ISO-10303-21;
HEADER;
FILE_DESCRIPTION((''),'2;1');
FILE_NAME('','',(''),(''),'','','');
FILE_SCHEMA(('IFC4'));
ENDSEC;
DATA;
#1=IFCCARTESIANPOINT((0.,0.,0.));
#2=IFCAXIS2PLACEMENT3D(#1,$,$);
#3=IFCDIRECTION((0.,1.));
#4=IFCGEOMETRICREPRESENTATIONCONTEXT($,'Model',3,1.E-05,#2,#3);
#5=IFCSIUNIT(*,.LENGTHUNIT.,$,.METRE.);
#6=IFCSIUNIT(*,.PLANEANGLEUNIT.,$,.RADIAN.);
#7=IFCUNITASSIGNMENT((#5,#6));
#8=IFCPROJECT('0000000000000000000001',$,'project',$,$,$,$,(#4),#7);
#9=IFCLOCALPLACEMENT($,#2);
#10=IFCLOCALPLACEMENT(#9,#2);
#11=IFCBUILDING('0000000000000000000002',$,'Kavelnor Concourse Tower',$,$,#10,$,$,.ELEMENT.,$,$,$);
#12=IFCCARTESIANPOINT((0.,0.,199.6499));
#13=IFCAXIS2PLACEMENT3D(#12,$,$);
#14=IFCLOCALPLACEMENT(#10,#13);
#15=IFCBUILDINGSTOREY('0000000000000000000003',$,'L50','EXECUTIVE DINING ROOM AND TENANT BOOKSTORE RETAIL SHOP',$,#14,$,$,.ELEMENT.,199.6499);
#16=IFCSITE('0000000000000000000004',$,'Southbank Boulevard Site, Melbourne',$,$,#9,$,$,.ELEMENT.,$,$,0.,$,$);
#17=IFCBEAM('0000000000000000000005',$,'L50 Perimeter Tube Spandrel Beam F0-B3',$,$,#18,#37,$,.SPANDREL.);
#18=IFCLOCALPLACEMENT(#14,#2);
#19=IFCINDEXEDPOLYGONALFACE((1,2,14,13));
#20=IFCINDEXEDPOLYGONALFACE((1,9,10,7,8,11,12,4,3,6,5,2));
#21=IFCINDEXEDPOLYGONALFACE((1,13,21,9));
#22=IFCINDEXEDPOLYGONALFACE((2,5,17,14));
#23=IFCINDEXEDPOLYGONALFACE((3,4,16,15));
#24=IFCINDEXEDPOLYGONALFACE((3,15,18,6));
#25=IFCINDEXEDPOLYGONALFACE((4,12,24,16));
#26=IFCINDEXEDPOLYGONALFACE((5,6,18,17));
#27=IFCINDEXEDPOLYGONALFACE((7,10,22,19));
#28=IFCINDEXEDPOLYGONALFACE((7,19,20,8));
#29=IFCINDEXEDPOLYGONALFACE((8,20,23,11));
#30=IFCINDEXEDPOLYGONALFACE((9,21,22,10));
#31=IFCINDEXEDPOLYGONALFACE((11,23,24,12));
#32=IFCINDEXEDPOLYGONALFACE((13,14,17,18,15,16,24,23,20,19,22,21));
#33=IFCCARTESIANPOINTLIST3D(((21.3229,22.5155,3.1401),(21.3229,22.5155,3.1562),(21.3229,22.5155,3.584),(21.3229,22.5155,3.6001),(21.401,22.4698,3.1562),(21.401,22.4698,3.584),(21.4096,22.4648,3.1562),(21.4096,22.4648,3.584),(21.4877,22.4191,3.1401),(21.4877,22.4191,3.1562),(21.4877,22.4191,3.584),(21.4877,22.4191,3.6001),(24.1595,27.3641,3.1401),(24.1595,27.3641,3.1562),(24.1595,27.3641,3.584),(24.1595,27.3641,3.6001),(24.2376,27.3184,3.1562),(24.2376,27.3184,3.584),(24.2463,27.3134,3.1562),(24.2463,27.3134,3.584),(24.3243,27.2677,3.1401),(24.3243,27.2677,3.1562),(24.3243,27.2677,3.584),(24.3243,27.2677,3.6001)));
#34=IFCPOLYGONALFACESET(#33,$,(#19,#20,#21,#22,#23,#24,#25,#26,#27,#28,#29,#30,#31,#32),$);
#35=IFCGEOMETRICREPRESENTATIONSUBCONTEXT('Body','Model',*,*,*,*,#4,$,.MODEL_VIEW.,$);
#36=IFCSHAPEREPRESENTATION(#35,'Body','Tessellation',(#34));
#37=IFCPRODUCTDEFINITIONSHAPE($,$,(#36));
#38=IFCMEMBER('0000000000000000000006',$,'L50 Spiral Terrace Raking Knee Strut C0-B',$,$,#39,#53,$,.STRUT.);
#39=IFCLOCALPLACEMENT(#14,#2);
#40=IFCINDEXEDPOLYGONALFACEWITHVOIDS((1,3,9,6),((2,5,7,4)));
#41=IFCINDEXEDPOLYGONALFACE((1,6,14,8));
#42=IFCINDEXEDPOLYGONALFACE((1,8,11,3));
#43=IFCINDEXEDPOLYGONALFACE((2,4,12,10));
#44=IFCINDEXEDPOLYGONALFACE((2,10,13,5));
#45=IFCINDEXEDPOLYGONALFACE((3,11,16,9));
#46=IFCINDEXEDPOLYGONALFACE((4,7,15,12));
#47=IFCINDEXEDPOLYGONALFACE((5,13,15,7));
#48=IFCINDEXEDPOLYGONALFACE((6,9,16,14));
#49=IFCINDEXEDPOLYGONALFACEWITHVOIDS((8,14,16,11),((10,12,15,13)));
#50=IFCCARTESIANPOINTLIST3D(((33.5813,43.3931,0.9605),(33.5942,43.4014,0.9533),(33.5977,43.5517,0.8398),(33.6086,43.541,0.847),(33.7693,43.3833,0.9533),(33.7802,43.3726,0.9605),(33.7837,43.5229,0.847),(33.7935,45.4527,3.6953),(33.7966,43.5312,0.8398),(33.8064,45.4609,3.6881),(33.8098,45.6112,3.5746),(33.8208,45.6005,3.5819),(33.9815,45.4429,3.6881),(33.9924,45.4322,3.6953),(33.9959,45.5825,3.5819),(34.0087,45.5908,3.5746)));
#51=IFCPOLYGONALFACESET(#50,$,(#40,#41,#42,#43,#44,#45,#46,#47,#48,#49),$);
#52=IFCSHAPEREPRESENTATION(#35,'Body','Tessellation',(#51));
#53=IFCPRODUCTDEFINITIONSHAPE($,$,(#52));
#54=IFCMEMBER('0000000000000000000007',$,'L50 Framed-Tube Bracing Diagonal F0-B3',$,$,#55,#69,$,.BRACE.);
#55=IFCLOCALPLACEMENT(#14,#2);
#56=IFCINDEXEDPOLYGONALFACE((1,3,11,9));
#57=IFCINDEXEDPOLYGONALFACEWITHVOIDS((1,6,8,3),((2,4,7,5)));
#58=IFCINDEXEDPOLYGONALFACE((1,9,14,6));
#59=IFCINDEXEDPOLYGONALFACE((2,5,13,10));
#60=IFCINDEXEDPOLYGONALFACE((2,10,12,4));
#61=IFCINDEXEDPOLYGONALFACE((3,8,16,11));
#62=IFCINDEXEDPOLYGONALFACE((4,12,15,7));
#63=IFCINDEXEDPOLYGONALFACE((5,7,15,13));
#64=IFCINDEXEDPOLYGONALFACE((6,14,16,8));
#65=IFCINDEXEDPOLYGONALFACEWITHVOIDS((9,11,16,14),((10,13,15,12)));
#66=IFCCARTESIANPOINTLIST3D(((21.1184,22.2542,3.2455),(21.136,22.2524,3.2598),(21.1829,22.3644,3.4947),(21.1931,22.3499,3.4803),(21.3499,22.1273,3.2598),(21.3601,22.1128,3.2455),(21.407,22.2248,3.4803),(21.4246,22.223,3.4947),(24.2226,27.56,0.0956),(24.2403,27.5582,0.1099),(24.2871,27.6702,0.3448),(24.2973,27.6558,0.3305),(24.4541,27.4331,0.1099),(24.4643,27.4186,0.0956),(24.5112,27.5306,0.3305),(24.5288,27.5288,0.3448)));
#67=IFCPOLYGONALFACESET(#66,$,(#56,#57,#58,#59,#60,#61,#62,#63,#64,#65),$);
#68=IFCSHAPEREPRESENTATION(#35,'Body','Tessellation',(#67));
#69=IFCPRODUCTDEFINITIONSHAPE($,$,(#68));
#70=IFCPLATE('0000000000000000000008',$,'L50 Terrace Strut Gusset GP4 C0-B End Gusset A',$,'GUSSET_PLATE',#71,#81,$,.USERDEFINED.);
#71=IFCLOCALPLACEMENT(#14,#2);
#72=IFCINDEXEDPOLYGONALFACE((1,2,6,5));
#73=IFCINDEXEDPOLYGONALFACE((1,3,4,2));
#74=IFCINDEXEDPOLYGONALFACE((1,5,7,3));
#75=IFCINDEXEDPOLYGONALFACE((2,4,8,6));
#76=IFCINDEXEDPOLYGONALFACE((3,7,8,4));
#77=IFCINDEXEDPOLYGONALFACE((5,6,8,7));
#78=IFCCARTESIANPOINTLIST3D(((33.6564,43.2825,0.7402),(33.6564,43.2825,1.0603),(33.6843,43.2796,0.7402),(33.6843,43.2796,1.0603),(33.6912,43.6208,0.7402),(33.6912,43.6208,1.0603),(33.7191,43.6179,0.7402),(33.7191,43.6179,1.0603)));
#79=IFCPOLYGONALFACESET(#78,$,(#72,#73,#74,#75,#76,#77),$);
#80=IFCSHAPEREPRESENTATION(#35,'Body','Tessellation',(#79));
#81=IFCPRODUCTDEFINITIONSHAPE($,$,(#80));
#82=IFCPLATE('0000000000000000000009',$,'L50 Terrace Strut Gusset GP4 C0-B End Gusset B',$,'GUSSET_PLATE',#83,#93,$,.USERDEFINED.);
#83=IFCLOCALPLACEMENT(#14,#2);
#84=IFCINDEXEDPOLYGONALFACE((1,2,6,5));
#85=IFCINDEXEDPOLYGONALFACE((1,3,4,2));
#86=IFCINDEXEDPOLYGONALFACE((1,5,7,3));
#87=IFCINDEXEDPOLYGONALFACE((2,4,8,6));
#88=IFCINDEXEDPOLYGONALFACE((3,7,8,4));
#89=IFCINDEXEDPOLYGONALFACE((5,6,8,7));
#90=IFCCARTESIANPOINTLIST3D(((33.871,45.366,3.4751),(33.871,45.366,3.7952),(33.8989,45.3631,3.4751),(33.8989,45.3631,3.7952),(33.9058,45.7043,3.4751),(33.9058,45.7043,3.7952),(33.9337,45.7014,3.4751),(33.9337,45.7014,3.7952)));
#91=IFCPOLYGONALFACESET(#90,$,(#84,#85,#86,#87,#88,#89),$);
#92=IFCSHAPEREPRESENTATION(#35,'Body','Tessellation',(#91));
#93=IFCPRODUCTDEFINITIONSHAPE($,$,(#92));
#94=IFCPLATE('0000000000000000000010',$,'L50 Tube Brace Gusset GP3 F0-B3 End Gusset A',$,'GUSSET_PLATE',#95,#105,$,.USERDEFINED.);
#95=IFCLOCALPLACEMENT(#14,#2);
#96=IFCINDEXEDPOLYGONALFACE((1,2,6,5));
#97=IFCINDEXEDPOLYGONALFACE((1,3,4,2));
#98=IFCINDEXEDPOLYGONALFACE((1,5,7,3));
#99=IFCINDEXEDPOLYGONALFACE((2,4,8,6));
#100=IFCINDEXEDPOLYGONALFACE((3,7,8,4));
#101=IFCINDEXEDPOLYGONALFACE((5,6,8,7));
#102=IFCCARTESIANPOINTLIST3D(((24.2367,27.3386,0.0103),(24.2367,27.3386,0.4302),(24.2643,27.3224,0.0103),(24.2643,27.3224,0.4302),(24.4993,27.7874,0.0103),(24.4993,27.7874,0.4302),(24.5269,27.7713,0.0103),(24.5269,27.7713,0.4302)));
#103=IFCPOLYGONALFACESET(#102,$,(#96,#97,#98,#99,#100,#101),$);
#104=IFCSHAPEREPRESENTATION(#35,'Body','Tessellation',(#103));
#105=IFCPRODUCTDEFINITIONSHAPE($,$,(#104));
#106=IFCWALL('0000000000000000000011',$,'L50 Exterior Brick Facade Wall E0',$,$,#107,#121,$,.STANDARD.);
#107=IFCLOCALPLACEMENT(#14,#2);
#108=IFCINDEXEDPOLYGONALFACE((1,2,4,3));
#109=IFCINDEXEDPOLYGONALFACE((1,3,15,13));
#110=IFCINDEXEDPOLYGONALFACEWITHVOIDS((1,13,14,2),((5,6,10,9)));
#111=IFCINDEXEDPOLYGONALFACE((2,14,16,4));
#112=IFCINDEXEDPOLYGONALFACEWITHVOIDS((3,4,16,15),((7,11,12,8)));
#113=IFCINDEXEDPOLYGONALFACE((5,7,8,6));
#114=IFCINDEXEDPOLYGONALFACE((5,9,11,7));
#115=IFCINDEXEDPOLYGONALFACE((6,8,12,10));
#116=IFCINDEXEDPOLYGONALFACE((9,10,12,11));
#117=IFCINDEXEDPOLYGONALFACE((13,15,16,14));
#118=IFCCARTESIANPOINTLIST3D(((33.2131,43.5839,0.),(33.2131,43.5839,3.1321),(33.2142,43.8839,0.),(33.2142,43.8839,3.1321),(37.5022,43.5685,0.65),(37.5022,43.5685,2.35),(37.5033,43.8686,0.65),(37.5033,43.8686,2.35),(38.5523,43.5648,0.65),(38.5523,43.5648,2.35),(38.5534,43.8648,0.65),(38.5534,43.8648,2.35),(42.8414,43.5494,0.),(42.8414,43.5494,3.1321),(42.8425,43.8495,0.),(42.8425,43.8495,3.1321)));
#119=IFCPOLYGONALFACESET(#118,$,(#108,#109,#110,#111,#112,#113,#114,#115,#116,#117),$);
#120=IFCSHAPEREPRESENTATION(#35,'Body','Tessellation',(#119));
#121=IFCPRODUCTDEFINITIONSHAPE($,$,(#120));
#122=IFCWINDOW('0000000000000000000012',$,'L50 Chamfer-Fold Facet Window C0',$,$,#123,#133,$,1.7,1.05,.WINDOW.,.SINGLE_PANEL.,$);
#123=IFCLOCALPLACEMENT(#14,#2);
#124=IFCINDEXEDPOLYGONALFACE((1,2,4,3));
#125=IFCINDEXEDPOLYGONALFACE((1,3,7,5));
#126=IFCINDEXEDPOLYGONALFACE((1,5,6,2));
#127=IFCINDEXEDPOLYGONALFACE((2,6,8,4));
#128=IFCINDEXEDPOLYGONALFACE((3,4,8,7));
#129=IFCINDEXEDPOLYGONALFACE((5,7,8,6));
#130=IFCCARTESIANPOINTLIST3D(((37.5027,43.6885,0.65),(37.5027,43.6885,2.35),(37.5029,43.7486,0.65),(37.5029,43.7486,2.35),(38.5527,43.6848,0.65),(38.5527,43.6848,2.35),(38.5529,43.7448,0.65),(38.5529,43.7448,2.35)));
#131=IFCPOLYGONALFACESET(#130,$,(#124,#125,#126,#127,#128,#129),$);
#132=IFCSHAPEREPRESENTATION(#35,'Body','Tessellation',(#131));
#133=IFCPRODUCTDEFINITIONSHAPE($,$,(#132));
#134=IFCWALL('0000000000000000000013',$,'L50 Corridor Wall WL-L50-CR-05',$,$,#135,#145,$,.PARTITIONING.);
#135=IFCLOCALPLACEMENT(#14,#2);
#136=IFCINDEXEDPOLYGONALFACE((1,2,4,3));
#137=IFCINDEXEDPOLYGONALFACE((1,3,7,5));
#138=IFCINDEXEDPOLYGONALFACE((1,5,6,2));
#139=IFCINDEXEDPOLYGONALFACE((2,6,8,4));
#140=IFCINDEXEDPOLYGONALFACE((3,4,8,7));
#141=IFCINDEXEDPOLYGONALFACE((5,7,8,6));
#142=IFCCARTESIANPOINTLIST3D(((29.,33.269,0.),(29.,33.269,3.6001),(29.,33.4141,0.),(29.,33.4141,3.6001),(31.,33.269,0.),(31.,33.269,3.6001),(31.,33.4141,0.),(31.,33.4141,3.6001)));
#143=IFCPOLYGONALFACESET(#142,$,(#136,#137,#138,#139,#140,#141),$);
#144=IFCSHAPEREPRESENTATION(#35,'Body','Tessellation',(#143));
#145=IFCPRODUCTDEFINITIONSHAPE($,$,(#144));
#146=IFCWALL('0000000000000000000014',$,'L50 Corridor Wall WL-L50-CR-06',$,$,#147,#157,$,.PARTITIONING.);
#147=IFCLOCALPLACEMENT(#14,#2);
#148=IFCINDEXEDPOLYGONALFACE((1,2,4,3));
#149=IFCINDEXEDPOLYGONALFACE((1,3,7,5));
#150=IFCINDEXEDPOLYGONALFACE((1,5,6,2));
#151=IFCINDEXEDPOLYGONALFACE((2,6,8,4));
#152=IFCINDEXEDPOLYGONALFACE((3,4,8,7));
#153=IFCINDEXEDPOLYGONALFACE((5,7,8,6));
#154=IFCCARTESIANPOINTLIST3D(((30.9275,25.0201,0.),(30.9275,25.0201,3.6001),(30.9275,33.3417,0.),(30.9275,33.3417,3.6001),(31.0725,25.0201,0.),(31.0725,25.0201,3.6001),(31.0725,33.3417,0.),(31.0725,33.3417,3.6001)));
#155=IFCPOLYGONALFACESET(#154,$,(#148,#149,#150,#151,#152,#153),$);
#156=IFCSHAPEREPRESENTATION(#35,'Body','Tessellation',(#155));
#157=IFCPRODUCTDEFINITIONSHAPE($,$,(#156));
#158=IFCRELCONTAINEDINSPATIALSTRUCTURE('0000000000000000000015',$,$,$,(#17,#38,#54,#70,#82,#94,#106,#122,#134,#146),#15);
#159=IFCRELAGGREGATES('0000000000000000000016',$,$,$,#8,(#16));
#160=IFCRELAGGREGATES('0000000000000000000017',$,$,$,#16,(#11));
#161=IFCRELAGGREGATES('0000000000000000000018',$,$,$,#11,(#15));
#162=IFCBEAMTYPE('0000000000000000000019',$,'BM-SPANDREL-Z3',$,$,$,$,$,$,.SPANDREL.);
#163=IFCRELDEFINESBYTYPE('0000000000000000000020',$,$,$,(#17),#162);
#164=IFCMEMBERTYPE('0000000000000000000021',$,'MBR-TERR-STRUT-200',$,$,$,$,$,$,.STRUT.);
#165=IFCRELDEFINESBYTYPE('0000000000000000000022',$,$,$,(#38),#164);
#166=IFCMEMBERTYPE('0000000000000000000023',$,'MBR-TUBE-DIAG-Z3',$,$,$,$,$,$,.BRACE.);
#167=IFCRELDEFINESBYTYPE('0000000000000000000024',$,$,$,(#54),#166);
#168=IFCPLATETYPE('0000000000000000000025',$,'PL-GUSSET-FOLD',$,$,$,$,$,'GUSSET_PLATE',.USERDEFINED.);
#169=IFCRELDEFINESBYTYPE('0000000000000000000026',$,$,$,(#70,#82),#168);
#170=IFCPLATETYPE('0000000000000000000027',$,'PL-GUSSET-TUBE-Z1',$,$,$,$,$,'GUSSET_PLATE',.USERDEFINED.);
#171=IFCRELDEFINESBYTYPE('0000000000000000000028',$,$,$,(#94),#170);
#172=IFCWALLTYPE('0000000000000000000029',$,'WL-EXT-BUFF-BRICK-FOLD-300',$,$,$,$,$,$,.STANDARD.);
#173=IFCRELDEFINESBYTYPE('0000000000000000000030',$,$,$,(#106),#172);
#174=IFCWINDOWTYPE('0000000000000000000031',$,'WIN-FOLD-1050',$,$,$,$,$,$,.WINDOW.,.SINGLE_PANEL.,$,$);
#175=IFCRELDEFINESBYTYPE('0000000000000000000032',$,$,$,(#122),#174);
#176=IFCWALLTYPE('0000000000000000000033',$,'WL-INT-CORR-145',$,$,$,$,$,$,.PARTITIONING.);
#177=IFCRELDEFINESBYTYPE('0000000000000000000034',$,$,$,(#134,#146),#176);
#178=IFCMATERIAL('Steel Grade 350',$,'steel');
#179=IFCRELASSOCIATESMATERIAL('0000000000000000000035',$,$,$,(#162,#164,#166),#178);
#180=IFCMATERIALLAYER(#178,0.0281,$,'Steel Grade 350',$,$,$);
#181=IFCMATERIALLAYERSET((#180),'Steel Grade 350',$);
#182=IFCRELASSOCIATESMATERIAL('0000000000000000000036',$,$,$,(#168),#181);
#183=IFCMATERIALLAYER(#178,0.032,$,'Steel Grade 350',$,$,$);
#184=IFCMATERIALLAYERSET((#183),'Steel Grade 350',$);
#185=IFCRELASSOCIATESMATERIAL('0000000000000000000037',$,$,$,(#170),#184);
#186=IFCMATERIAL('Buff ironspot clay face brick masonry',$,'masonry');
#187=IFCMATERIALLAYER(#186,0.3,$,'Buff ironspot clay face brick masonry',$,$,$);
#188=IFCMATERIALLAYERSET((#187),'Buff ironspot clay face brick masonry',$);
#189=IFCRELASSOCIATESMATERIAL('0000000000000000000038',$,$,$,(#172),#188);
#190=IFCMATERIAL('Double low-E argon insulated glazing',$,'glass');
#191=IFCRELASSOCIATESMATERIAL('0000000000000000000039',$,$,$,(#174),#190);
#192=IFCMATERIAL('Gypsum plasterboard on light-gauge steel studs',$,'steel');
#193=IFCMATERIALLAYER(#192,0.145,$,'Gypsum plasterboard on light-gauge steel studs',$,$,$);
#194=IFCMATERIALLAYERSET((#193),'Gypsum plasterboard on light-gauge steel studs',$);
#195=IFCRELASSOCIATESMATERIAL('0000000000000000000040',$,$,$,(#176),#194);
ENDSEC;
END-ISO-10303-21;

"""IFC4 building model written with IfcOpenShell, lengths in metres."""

from ifc_helpers import new_model, si_unit, direction, frame, frame_2d, origin, origin_2d, place, context, subcontext, project, spatial, rectangle, hollow_rectangle, i_section, extrude, material, layer, layer_set, material_profile, profile_set, type_object, element, fill, save


model = new_model("IFC4")

# Units and contexts
model_context = context("Model", 3, precision=1e-05, world=origin(), true_north=direction((0.0, 1.0)))
body_context = subcontext(model_context, "Body", "Model", "MODEL_VIEW")
ifc_project = project(units=[si_unit("LENGTHUNIT", "METRE"), si_unit("PLANEANGLEUNIT", "RADIAN")], contexts=[model_context])

# Site, building, storey
site_placement = place(None, origin())
site = spatial("IfcSite", under=ifc_project, at=site_placement, Name="Southbank Boulevard Site, Melbourne", CompositionType="ELEMENT", RefElevation=0.0)
building_placement = place(site_placement, origin())
building = spatial("IfcBuilding", under=site, at=building_placement, Name="Kavelnor Concourse Tower", CompositionType="ELEMENT")
storey_placement = place(building_placement, frame((0.0, 0.0, 199.6499)))
storey = spatial("IfcBuildingStorey", under=building, at=storey_placement, Name="L50", Description="EXECUTIVE DINING ROOM AND TENANT BOOKSTORE RETAIL SHOP", CompositionType="ELEMENT", Elevation=199.6499)

# Shared definitions
ifc_material_1 = material(Name="Steel Grade 350", Category="steel")

# Beam
ifc_material_profile_1 = material_profile(ifc_material_1, i_section(OverallWidth=0.1909, OverallDepth=0.46, WebThickness=0.01, FlangeThickness=0.0161, at=origin_2d()), Name="460UB82")
ifc_profile_set_1 = profile_set([ifc_material_profile_1], Name="Steel Grade 350")
beam_type_1 = type_object("IfcBeamType", Name="BM-SPANDREL-Z3", PredefinedType="SPANDREL", material=ifc_profile_set_1)
for number, where, z_axis, x_axis, name in (
    (1, (24.2419, 27.3159, 3.3701), (-0.504973, -0.863135, 0.0), (0.863135, -0.504973, 0.0), "L50 Perimeter Tube Spandrel Beam F0-B3"),
):
    element("IfcBeam", number, at=place(storey_placement, frame(where, z_axis=z_axis, x_axis=x_axis)), inside=storey, type_object=beam_type_1, Name=name, PredefinedType="SPANDREL", context=body_context, shape_type="SweptSolid", body=[
        extrude(i_section(OverallWidth=0.1909, OverallDepth=0.46, WebThickness=0.01, FlangeThickness=0.0161, at=origin_2d()), origin(), (0.0, 0.0, 1.0), 5.6174),
    ])

# Members
ifc_material_profile_2 = material_profile(ifc_material_1, hollow_rectangle(XDim=0.2, YDim=0.2, WallThickness=0.012, at=origin_2d()), Name="SHS 200x200x12")
ifc_profile_set_2 = profile_set([ifc_material_profile_2], Name="Steel Grade 350")
member_type_1 = type_object("IfcMemberType", Name="MBR-TERR-STRUT-200", PredefinedType="STRUT", material=ifc_profile_set_2)
member_1_placement = place(storey_placement, frame((33.689, 43.4622, 0.9001), z_axis=(0.06185, 0.600422, 0.797288), x_axis=(-0.994736, 0.102469, 0.0)))
element("IfcMember", 2, at=member_1_placement, inside=storey, type_object=member_type_1, Name="L50 Spiral Terrace Raking Knee Strut C0-B", PredefinedType="STRUT", context=body_context, shape_type="SweptSolid", body=[
    extrude(hollow_rectangle(XDim=0.2, YDim=0.2, WallThickness=0.012, at=origin_2d()), origin(), (0.0, 0.0, 1.0), 3.4302),
])
ifc_material_profile_3 = material_profile(ifc_material_1, hollow_rectangle(XDim=0.28, YDim=0.28, WallThickness=0.0161, at=origin_2d()), Name="SHS 280x280x16")
ifc_profile_set_3 = profile_set([ifc_material_profile_3], Name="Steel Grade 350")
member_type_2 = type_object("IfcMemberType", Name="MBR-TUBE-DIAG-Z3", PredefinedType="BRACE", material=ifc_profile_set_3)
member_2_placement = place(storey_placement, frame((24.3757, 27.5444, 0.2202), z_axis=(-0.449415, -0.768159, 0.456025), x_axis=(0.863131, -0.504979, 0.0)))
element("IfcMember", 3, at=member_2_placement, inside=storey, type_object=member_type_2, Name="L50 Framed-Tube Bracing Diagonal F0-B3", PredefinedType="BRACE", context=body_context, shape_type="SweptSolid", body=[
    extrude(hollow_rectangle(XDim=0.28, YDim=0.28, WallThickness=0.0161, at=origin_2d()), origin(), (0.0, 0.0, 1.0), 6.9072),
])

# Plates
ifc_layer_1 = layer(ifc_material_1, 0.0281, Name="Steel Grade 350")
ifc_layer_set_1 = layer_set([ifc_layer_1], Name="Steel Grade 350")
plate_type_1 = type_object("IfcPlateType", Name="PL-GUSSET-FOLD", ElementType="GUSSET_PLATE", PredefinedType="USERDEFINED", material=ifc_layer_set_1)
for number, where, z_axis, x_axis, name in (
    (4, (33.6877, 43.4502, 0.7402), (0.0, 0.0, 1.0), (0.102445, 0.994739, 0.0), "L50 Terrace Strut Gusset GP4 C0-B End Gusset A"),
    (5, (33.9023, 45.5337, 3.4751), (0.0, 0.0, 1.0), (0.102445, 0.994739, 0.0), "L50 Terrace Strut Gusset GP4 C0-B End Gusset B"),
):
    element("IfcPlate", number, at=place(storey_placement, frame(where, z_axis=z_axis, x_axis=x_axis)), inside=storey, type_object=plate_type_1, Name=name, ObjectType="GUSSET_PLATE", PredefinedType="USERDEFINED", context=body_context, shape_type="SweptSolid", body=[
        extrude(rectangle(XDim=0.3401, YDim=0.0281, at=origin_2d()), origin(), (0.0, 0.0, 1.0), 0.3201),
    ])
ifc_layer_2 = layer(ifc_material_1, 0.032, Name="Steel Grade 350")
ifc_layer_set_2 = layer_set([ifc_layer_2], Name="Steel Grade 350")
plate_type_2 = type_object("IfcPlateType", Name="PL-GUSSET-TUBE-Z1", ElementType="GUSSET_PLATE", PredefinedType="USERDEFINED", material=ifc_layer_set_2)
plate_placement = place(storey_placement, frame((24.3818, 27.5549, 0.0103), z_axis=(0.0, 0.0, 1.0), x_axis=(-0.50498, -0.863131, 0.0)))
element("IfcPlate", 6, at=plate_placement, inside=storey, type_object=plate_type_2, Name="L50 Tube Brace Gusset GP3 F0-B3 End Gusset A", ObjectType="GUSSET_PLATE", PredefinedType="USERDEFINED", context=body_context, shape_type="SweptSolid", body=[
    extrude(rectangle(XDim=0.52, YDim=0.032, at=origin_2d()), origin(), (0.0, 0.0, 1.0), 0.4199),
])

# Wall, opening, window
ifc_material_2 = material(Name="Buff ironspot clay face brick masonry", Category="masonry")
ifc_layer_3 = layer(ifc_material_2, 0.3, Name="Buff ironspot clay face brick masonry")
ifc_layer_set_3 = layer_set([ifc_layer_3], Name="Buff ironspot clay face brick masonry")
wall_type_1 = type_object("IfcWallType", Name="WL-EXT-BUFF-BRICK-FOLD-300", PredefinedType="STANDARD", material=ifc_layer_set_3)
wall_1_placement = place(storey_placement, frame((33.2136, 43.7339, 0.0), z_axis=(0.0, 0.0, 1.0), x_axis=(0.999994, -0.003575, 0.0)))
wall_1 = element("IfcWall", 7, at=wall_1_placement, inside=storey, type_object=wall_type_1, Name="L50 Exterior Brick Facade Wall E0", PredefinedType="STANDARD", context=body_context, shape_type="SweptSolid", body=[
    extrude(rectangle(XDim=9.6284, YDim=0.3, at=frame_2d((4.8142, 0.0))), origin(), (0.0, 0.0, 1.0), 3.1321),
])
opening_1_placement = place(wall_1_placement, frame((4.2893, 0.0, 0.6499)))
opening_1 = element("IfcOpeningElement", 8, at=opening_1_placement, cuts=wall_1, PredefinedType="OPENING", context=body_context, shape_type="SweptSolid", body=[
    extrude(rectangle(XDim=1.05, YDim=1.7, at=frame_2d((0.5249, 0.8501))), frame((0.0, 0.1602, 0.0), z_axis=(0.0, -1.0, 0.0), x_axis=(1.0, 0.0, 0.0)), (0.0, 0.0, 1.0), 0.3201),
])
ifc_material_3 = material(Name="Double low-E argon insulated glazing", Category="glass")
window_type = type_object("IfcWindowType", Name="WIN-FOLD-1050", PartitioningType="SINGLE_PANEL", PredefinedType="WINDOW", material=ifc_material_3)
window_placement = place(opening_1_placement, origin())
window = element("IfcWindow", 9, at=window_placement, inside=storey, type_object=window_type, Name="L50 Chamfer-Fold Facet Window C0", OverallHeight=1.7, OverallWidth=1.05, PartitioningType="SINGLE_PANEL", PredefinedType="WINDOW", context=body_context, shape_type="SweptSolid", body=[
    extrude(rectangle(XDim=1.05, YDim=1.7, at=frame_2d((0.5249, 0.8501))), frame((0.0, 0.03, 0.0), z_axis=(0.0, -1.0, 0.0), x_axis=(1.0, 0.0, 0.0)), (0.0, 0.0, 1.0), 0.0601),
])
fill(opening_1, window)

# Walls
ifc_material_4 = material(Name="Gypsum plasterboard on light-gauge steel studs", Category="steel")
ifc_layer_4 = layer(ifc_material_4, 0.145, Name="Gypsum plasterboard on light-gauge steel studs")
ifc_layer_set_4 = layer_set([ifc_layer_4], Name="Gypsum plasterboard on light-gauge steel studs")
wall_type_2 = type_object("IfcWallType", Name="WL-INT-CORR-145", PredefinedType="PARTITIONING", material=ifc_layer_set_4)
wall_2_placement = place(storey_placement, frame((29.0, 33.3416, 0.0), z_axis=(0.0, 0.0, 1.0), x_axis=(1.0, 0.0, 0.0)))
element("IfcWall", 10, at=wall_2_placement, inside=storey, type_object=wall_type_2, Name="L50 Corridor Wall WL-L50-CR-05", PredefinedType="PARTITIONING", context=body_context, shape_type="SweptSolid", body=[
    extrude(rectangle(XDim=2.0, YDim=0.145, at=frame_2d((1.0, 0.0))), origin(), (0.0, 0.0, 1.0), 3.6001),
])
wall_3_placement = place(storey_placement, frame((31.0, 33.3416, 0.0), z_axis=(0.0, 0.0, 1.0), x_axis=(0.0, -1.0, 0.0)))
element("IfcWall", 11, at=wall_3_placement, inside=storey, type_object=wall_type_2, Name="L50 Corridor Wall WL-L50-CR-06", PredefinedType="PARTITIONING", context=body_context, shape_type="SweptSolid", body=[
    extrude(rectangle(XDim=8.3215, YDim=0.145, at=frame_2d((4.1606, 0.0))), origin(), (0.0, 0.0, 1.0), 3.6001),
])

save(model, "model.ifc")
